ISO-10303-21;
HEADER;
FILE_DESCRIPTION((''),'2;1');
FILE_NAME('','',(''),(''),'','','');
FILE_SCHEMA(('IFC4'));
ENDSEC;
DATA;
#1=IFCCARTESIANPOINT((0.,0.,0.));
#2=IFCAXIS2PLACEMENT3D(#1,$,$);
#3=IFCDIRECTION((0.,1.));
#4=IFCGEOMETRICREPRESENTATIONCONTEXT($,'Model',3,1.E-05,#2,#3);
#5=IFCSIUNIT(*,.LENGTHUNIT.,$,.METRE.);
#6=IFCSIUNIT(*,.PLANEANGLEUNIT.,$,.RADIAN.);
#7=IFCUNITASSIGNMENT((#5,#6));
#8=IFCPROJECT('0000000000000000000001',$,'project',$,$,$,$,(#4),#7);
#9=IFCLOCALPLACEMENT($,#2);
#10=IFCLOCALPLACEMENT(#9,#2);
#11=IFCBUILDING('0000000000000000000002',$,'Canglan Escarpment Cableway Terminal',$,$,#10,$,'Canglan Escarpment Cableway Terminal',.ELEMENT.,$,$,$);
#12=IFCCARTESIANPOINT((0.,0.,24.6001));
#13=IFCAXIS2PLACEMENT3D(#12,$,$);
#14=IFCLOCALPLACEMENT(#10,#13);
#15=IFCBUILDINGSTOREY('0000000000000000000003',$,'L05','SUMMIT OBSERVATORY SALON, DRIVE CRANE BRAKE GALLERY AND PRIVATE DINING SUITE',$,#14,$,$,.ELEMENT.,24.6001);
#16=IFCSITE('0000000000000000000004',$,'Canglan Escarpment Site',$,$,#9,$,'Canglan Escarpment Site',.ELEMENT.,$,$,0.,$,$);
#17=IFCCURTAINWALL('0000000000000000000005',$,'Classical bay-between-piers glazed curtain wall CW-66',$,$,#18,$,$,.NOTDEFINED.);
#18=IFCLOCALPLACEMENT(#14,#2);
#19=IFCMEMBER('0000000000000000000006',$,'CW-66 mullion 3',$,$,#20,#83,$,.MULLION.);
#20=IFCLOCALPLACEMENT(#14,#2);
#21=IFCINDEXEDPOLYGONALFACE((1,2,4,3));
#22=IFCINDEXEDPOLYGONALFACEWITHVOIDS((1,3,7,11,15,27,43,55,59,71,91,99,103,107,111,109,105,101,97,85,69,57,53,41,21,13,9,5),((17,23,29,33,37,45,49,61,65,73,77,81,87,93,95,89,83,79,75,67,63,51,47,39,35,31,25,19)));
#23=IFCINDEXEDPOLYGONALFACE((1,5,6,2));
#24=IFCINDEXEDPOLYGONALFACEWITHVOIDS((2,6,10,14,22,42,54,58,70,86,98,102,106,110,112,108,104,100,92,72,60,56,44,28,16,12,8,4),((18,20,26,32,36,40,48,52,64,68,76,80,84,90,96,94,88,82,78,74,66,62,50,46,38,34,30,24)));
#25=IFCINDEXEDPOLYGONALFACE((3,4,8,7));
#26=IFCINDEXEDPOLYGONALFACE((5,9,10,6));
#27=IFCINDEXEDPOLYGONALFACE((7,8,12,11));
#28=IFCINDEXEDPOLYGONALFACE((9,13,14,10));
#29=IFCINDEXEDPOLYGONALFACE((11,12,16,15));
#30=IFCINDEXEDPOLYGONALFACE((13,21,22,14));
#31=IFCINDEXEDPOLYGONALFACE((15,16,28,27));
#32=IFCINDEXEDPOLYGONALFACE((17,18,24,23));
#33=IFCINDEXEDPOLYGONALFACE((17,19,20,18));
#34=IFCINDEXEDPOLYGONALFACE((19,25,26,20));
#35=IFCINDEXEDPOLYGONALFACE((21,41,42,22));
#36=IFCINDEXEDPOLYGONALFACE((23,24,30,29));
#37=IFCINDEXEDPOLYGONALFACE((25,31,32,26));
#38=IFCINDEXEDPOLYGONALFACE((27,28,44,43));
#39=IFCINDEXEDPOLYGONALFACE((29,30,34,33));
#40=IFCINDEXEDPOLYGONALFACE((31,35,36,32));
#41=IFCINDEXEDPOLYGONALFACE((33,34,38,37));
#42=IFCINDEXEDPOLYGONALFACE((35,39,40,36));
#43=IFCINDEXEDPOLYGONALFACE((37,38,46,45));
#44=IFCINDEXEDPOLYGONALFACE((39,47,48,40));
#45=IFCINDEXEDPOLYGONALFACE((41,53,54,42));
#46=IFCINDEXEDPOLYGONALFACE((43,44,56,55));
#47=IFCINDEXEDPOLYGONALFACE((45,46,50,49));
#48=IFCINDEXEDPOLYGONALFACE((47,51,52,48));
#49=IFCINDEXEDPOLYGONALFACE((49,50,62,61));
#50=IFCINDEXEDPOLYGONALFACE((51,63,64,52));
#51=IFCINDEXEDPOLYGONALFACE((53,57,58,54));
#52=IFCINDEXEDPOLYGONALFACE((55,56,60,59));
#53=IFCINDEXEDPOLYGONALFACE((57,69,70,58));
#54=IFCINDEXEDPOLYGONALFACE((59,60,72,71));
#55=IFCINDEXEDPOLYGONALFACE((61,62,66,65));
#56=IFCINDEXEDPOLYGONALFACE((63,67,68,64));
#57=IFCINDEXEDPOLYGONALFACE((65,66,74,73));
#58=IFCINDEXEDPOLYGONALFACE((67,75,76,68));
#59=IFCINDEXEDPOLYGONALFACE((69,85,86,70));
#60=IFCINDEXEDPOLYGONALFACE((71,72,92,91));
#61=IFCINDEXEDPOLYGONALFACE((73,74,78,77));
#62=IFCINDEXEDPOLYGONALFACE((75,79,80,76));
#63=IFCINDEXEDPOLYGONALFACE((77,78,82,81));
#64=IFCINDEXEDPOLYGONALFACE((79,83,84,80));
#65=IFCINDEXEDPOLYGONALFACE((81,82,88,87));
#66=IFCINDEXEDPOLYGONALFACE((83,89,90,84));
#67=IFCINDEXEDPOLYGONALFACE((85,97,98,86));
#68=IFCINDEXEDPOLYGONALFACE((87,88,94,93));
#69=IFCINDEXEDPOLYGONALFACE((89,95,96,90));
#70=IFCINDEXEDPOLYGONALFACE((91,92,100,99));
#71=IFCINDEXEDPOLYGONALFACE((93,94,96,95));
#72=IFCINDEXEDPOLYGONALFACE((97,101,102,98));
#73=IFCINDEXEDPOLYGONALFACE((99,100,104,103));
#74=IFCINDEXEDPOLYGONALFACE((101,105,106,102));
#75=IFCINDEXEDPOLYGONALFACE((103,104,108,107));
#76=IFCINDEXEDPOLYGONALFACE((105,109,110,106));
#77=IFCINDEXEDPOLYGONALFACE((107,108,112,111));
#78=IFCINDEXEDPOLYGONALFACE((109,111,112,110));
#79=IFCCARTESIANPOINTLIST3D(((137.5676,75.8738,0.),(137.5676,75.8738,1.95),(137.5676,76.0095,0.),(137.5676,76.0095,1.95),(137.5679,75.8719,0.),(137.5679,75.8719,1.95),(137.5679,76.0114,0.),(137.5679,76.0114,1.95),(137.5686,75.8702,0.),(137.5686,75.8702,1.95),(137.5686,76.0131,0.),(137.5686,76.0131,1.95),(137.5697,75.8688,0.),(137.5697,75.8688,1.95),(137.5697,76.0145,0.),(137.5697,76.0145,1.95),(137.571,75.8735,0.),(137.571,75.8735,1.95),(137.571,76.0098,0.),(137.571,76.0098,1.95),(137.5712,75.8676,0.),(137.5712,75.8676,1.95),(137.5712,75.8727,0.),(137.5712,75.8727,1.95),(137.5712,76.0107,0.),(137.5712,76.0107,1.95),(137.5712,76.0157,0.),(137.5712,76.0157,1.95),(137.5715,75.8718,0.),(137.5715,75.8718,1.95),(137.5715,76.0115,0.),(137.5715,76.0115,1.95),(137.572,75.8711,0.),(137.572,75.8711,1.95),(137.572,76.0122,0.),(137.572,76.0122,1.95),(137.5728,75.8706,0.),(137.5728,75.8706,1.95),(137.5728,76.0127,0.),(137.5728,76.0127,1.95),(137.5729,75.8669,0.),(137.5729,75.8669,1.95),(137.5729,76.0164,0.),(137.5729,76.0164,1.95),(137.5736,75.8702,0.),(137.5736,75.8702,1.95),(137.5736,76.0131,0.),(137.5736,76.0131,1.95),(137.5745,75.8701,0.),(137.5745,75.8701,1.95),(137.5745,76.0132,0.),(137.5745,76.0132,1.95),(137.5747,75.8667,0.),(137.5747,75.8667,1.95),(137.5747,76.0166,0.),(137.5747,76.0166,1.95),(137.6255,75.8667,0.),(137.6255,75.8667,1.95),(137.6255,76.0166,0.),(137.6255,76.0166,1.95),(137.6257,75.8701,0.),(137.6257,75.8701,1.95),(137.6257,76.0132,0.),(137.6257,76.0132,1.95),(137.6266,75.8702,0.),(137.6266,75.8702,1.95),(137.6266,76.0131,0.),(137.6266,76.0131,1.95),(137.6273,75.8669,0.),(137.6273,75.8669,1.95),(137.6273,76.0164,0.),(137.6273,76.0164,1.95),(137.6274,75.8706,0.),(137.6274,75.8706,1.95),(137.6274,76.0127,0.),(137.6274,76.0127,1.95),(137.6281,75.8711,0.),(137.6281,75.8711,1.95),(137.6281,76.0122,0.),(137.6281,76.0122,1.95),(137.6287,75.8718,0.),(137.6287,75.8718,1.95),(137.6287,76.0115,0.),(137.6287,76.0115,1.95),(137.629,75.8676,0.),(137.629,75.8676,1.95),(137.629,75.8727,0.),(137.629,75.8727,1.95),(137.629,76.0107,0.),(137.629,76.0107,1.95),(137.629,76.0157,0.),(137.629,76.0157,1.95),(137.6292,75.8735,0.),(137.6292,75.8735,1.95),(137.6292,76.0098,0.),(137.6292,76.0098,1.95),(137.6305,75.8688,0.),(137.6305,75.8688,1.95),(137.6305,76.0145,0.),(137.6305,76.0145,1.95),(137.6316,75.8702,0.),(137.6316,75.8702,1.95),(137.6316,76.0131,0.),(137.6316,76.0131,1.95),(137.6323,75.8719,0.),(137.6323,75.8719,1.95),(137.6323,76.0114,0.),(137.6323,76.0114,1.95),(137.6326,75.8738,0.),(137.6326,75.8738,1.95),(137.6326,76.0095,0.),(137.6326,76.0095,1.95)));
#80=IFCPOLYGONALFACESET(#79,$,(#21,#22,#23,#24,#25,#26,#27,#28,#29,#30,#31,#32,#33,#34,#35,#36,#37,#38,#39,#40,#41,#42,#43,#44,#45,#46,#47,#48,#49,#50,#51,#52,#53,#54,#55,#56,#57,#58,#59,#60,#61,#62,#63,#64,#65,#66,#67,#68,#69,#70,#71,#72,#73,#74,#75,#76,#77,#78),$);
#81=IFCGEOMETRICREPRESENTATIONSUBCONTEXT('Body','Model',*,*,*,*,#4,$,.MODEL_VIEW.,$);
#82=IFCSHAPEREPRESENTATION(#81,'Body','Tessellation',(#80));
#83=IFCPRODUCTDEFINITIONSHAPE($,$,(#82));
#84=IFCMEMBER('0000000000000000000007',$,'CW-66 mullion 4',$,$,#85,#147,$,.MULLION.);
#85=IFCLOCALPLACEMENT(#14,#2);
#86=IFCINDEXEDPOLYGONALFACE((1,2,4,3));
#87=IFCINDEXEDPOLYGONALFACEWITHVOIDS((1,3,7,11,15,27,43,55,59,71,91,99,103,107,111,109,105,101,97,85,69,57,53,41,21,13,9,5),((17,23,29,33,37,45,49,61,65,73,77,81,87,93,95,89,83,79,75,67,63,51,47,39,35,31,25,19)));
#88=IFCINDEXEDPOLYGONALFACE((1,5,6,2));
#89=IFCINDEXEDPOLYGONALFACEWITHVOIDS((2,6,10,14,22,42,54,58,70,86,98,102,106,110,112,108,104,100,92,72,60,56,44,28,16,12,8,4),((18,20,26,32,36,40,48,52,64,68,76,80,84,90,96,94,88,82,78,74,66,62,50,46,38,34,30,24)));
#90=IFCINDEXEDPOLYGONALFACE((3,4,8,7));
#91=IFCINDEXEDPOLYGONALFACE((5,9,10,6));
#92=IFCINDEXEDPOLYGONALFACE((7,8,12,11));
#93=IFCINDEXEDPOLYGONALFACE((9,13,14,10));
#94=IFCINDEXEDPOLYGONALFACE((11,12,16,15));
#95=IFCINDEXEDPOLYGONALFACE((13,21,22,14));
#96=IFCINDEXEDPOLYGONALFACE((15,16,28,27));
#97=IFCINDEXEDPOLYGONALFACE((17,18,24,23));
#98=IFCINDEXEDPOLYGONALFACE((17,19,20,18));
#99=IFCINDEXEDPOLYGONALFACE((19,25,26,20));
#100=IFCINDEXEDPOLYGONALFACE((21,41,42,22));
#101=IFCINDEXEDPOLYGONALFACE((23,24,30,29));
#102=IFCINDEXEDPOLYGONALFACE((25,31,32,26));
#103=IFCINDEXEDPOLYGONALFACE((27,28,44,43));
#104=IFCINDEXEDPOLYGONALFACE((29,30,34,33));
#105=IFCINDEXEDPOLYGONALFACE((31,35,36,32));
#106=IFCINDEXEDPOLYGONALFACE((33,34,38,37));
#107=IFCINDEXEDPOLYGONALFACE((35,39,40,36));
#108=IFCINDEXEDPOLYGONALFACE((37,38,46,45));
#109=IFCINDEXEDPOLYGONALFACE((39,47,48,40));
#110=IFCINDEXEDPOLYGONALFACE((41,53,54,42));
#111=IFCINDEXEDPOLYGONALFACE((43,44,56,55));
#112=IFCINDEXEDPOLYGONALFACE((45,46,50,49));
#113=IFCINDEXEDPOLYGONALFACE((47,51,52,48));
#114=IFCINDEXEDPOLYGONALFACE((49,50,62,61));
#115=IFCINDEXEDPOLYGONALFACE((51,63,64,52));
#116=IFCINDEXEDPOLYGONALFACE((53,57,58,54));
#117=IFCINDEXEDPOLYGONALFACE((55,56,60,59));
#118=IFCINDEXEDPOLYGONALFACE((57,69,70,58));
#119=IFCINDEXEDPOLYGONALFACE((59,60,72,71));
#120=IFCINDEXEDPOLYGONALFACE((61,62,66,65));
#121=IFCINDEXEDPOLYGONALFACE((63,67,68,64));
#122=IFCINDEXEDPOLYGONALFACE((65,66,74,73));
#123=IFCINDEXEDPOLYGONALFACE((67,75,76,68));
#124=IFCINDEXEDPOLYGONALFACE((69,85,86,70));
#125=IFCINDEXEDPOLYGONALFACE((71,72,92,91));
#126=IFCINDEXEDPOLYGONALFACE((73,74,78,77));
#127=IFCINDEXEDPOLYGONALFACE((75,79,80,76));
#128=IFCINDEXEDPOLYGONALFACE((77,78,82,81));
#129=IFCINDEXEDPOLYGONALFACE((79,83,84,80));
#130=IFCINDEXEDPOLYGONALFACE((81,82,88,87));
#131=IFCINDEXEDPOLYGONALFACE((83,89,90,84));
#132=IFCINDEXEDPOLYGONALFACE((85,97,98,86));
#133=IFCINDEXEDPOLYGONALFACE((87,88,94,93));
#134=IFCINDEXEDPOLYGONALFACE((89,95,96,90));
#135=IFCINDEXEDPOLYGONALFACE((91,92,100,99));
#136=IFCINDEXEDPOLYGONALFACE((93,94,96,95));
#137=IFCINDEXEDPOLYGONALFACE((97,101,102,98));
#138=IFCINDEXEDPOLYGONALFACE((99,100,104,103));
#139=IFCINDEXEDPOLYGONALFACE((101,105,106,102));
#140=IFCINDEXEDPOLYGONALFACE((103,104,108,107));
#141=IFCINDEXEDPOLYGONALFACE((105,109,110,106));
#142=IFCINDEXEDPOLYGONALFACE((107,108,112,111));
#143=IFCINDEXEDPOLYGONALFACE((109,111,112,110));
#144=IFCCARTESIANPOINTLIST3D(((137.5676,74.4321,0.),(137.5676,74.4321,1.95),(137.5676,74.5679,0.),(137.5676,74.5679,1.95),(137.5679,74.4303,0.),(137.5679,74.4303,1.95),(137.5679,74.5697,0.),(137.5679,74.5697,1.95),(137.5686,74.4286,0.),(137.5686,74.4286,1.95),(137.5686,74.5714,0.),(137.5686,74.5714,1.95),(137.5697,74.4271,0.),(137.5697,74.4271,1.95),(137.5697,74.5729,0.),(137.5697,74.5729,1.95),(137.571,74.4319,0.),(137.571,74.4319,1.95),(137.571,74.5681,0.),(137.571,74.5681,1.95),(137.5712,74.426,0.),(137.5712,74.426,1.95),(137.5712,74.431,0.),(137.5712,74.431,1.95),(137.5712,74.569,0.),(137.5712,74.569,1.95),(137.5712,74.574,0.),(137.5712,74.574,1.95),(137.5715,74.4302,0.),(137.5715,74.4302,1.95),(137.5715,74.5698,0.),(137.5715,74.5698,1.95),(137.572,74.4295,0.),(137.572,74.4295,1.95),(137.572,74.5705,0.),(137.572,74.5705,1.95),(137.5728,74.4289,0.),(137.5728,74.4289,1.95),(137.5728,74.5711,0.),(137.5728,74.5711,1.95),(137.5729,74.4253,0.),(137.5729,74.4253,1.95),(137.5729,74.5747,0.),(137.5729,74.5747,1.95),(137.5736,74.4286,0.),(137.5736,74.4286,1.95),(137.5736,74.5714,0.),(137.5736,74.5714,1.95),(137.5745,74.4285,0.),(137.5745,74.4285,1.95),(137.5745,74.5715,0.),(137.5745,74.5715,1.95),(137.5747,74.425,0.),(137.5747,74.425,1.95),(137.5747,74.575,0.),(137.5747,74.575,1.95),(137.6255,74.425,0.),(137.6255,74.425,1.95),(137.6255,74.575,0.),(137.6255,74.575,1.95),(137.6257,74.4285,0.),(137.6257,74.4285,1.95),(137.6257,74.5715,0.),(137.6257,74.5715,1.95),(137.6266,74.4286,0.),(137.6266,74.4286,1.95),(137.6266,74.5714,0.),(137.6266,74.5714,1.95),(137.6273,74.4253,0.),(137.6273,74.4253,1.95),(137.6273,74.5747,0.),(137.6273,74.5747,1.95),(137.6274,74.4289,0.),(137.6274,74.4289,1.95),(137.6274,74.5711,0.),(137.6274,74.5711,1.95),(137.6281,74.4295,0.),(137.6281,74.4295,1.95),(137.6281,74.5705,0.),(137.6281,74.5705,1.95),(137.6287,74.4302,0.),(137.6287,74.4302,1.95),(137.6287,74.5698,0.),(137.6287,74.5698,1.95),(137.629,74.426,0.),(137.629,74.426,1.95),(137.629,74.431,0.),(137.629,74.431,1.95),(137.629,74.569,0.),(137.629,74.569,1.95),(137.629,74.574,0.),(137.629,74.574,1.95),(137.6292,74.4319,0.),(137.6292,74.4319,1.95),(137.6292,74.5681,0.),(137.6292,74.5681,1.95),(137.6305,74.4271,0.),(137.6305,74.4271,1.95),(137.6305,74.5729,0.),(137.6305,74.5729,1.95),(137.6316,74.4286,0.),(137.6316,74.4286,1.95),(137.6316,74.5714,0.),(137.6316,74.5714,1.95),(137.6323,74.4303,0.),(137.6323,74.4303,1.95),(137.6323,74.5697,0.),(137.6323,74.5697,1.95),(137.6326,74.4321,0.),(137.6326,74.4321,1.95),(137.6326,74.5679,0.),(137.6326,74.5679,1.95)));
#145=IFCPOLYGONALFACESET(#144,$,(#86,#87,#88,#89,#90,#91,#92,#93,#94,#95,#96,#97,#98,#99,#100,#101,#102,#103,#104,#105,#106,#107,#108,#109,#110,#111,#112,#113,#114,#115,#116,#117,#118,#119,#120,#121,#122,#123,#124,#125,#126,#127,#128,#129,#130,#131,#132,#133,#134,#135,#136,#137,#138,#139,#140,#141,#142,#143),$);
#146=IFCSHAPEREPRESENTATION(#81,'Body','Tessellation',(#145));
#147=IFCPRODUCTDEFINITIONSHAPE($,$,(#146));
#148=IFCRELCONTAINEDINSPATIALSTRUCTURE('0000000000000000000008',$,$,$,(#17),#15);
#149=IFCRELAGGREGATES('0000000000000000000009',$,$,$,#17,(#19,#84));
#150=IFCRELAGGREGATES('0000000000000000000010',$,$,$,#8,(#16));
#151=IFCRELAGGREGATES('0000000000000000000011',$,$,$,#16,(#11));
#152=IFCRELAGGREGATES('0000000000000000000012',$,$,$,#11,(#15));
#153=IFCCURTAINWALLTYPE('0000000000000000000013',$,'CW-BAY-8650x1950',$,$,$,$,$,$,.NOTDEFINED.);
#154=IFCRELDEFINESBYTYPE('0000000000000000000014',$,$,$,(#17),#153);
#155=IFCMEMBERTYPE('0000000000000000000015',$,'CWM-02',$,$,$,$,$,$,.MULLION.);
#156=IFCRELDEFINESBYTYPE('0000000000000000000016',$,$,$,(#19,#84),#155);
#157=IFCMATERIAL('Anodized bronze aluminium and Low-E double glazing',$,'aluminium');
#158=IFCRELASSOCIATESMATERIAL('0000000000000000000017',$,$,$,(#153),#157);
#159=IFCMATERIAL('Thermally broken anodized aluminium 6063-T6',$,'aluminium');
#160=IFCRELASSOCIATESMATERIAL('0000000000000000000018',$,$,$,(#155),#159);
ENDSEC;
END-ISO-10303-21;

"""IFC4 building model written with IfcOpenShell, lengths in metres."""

from ifc_helpers import new_model, si_unit, direction, frame, origin, origin_2d, place, context, subcontext, project, spatial, hollow_rectangle, extrude, material, material_profile, profile_set, type_object, element, aggregate, save


model = new_model("IFC4")

# Units and contexts
model_context = context("Model", 3, precision=1e-05, world=origin(), true_north=direction((0.0, 1.0)))
body_context = subcontext(model_context, "Body", "Model", "MODEL_VIEW")
ifc_project = project(units=[si_unit("LENGTHUNIT", "METRE"), si_unit("PLANEANGLEUNIT", "RADIAN")], contexts=[model_context])

# Site, building, storey
site_placement = place(None, origin())
site = spatial("IfcSite", under=ifc_project, at=site_placement, Name="Canglan Escarpment Site", LongName="Canglan Escarpment Site", CompositionType="ELEMENT", RefElevation=0.0)
building_placement = place(site_placement, origin())
building = spatial("IfcBuilding", under=site, at=building_placement, Name="Canglan Escarpment Cableway Terminal", LongName="Canglan Escarpment Cableway Terminal", CompositionType="ELEMENT")
storey_placement = place(building_placement, frame((0.0, 0.0, 24.6001)))
storey = spatial("IfcBuildingStorey", under=building, at=storey_placement, Name="L05", Description="SUMMIT OBSERVATORY SALON, DRIVE CRANE BRAKE GALLERY AND PRIVATE DINING SUITE", CompositionType="ELEMENT", Elevation=24.6001)

# Shared definitions
ifc_material_1 = material(Name="Anodized bronze aluminium and Low-E double glazing", Category="aluminium")
curtain_wall_type = type_object("IfcCurtainWallType", Name="CW-BAY-8650x1950", PredefinedType="NOTDEFINED", material=ifc_material_1)
ifc_material_2 = material(Name="Thermally broken anodized aluminium 6063-T6", Category="aluminium")

# Curtain wall, members
curtain_wall_1_placement = place(storey_placement, origin())
curtain_wall_1 = element("IfcCurtainWall", 1, at=curtain_wall_1_placement, inside=storey, type_object=curtain_wall_type, Name="Classical bay-between-piers glazed curtain wall CW-66", PredefinedType="NOTDEFINED")
ifc_material_profile_1 = material_profile(ifc_material_2, hollow_rectangle(XDim=0.0649, YDim=0.1499, WallThickness=0.0034, InnerFilletRadius=0.0034, OuterFilletRadius=0.0071, at=origin_2d()), Name="ALU-MULL 65x150x3.5")
ifc_profile_set_1 = profile_set([ifc_material_profile_1], Name="Thermally broken anodized aluminium 6063-T6")
member_type_1 = type_object("IfcMemberType", Name="CWM-02", PredefinedType="MULLION", material=ifc_profile_set_1)
member_1_placement = place(storey_placement, frame((137.6001, 75.9417, 0.0), z_axis=(0.0, 0.0, 1.0), x_axis=(1.0, 0.0, 0.0)))
member_1 = element("IfcMember", 2, at=member_1_placement, type_object=member_type_1, Name="CW-66 mullion 3", PredefinedType="MULLION", context=body_context, shape_type="SweptSolid", body=[
    extrude(hollow_rectangle(XDim=0.0649, YDim=0.1499, WallThickness=0.0034, InnerFilletRadius=0.0034, OuterFilletRadius=0.0071, at=origin_2d()), origin(), (0.0, 0.0, 1.0), 1.95),
])
member_2_placement = place(storey_placement, frame((137.6001, 74.5, 0.0), z_axis=(0.0, 0.0, 1.0), x_axis=(1.0, 0.0, 0.0)))
member_2 = element("IfcMember", 3, at=member_2_placement, type_object=member_type_1, Name="CW-66 mullion 4", PredefinedType="MULLION", context=body_context, shape_type="SweptSolid", body=[
    extrude(hollow_rectangle(XDim=0.0649, YDim=0.1499, WallThickness=0.0034, InnerFilletRadius=0.0034, OuterFilletRadius=0.0071, at=origin_2d()), origin(), (0.0, 0.0, 1.0), 1.95),
])

aggregate(curtain_wall_1, [member_1, member_2])

save(model, "model.ifc")
